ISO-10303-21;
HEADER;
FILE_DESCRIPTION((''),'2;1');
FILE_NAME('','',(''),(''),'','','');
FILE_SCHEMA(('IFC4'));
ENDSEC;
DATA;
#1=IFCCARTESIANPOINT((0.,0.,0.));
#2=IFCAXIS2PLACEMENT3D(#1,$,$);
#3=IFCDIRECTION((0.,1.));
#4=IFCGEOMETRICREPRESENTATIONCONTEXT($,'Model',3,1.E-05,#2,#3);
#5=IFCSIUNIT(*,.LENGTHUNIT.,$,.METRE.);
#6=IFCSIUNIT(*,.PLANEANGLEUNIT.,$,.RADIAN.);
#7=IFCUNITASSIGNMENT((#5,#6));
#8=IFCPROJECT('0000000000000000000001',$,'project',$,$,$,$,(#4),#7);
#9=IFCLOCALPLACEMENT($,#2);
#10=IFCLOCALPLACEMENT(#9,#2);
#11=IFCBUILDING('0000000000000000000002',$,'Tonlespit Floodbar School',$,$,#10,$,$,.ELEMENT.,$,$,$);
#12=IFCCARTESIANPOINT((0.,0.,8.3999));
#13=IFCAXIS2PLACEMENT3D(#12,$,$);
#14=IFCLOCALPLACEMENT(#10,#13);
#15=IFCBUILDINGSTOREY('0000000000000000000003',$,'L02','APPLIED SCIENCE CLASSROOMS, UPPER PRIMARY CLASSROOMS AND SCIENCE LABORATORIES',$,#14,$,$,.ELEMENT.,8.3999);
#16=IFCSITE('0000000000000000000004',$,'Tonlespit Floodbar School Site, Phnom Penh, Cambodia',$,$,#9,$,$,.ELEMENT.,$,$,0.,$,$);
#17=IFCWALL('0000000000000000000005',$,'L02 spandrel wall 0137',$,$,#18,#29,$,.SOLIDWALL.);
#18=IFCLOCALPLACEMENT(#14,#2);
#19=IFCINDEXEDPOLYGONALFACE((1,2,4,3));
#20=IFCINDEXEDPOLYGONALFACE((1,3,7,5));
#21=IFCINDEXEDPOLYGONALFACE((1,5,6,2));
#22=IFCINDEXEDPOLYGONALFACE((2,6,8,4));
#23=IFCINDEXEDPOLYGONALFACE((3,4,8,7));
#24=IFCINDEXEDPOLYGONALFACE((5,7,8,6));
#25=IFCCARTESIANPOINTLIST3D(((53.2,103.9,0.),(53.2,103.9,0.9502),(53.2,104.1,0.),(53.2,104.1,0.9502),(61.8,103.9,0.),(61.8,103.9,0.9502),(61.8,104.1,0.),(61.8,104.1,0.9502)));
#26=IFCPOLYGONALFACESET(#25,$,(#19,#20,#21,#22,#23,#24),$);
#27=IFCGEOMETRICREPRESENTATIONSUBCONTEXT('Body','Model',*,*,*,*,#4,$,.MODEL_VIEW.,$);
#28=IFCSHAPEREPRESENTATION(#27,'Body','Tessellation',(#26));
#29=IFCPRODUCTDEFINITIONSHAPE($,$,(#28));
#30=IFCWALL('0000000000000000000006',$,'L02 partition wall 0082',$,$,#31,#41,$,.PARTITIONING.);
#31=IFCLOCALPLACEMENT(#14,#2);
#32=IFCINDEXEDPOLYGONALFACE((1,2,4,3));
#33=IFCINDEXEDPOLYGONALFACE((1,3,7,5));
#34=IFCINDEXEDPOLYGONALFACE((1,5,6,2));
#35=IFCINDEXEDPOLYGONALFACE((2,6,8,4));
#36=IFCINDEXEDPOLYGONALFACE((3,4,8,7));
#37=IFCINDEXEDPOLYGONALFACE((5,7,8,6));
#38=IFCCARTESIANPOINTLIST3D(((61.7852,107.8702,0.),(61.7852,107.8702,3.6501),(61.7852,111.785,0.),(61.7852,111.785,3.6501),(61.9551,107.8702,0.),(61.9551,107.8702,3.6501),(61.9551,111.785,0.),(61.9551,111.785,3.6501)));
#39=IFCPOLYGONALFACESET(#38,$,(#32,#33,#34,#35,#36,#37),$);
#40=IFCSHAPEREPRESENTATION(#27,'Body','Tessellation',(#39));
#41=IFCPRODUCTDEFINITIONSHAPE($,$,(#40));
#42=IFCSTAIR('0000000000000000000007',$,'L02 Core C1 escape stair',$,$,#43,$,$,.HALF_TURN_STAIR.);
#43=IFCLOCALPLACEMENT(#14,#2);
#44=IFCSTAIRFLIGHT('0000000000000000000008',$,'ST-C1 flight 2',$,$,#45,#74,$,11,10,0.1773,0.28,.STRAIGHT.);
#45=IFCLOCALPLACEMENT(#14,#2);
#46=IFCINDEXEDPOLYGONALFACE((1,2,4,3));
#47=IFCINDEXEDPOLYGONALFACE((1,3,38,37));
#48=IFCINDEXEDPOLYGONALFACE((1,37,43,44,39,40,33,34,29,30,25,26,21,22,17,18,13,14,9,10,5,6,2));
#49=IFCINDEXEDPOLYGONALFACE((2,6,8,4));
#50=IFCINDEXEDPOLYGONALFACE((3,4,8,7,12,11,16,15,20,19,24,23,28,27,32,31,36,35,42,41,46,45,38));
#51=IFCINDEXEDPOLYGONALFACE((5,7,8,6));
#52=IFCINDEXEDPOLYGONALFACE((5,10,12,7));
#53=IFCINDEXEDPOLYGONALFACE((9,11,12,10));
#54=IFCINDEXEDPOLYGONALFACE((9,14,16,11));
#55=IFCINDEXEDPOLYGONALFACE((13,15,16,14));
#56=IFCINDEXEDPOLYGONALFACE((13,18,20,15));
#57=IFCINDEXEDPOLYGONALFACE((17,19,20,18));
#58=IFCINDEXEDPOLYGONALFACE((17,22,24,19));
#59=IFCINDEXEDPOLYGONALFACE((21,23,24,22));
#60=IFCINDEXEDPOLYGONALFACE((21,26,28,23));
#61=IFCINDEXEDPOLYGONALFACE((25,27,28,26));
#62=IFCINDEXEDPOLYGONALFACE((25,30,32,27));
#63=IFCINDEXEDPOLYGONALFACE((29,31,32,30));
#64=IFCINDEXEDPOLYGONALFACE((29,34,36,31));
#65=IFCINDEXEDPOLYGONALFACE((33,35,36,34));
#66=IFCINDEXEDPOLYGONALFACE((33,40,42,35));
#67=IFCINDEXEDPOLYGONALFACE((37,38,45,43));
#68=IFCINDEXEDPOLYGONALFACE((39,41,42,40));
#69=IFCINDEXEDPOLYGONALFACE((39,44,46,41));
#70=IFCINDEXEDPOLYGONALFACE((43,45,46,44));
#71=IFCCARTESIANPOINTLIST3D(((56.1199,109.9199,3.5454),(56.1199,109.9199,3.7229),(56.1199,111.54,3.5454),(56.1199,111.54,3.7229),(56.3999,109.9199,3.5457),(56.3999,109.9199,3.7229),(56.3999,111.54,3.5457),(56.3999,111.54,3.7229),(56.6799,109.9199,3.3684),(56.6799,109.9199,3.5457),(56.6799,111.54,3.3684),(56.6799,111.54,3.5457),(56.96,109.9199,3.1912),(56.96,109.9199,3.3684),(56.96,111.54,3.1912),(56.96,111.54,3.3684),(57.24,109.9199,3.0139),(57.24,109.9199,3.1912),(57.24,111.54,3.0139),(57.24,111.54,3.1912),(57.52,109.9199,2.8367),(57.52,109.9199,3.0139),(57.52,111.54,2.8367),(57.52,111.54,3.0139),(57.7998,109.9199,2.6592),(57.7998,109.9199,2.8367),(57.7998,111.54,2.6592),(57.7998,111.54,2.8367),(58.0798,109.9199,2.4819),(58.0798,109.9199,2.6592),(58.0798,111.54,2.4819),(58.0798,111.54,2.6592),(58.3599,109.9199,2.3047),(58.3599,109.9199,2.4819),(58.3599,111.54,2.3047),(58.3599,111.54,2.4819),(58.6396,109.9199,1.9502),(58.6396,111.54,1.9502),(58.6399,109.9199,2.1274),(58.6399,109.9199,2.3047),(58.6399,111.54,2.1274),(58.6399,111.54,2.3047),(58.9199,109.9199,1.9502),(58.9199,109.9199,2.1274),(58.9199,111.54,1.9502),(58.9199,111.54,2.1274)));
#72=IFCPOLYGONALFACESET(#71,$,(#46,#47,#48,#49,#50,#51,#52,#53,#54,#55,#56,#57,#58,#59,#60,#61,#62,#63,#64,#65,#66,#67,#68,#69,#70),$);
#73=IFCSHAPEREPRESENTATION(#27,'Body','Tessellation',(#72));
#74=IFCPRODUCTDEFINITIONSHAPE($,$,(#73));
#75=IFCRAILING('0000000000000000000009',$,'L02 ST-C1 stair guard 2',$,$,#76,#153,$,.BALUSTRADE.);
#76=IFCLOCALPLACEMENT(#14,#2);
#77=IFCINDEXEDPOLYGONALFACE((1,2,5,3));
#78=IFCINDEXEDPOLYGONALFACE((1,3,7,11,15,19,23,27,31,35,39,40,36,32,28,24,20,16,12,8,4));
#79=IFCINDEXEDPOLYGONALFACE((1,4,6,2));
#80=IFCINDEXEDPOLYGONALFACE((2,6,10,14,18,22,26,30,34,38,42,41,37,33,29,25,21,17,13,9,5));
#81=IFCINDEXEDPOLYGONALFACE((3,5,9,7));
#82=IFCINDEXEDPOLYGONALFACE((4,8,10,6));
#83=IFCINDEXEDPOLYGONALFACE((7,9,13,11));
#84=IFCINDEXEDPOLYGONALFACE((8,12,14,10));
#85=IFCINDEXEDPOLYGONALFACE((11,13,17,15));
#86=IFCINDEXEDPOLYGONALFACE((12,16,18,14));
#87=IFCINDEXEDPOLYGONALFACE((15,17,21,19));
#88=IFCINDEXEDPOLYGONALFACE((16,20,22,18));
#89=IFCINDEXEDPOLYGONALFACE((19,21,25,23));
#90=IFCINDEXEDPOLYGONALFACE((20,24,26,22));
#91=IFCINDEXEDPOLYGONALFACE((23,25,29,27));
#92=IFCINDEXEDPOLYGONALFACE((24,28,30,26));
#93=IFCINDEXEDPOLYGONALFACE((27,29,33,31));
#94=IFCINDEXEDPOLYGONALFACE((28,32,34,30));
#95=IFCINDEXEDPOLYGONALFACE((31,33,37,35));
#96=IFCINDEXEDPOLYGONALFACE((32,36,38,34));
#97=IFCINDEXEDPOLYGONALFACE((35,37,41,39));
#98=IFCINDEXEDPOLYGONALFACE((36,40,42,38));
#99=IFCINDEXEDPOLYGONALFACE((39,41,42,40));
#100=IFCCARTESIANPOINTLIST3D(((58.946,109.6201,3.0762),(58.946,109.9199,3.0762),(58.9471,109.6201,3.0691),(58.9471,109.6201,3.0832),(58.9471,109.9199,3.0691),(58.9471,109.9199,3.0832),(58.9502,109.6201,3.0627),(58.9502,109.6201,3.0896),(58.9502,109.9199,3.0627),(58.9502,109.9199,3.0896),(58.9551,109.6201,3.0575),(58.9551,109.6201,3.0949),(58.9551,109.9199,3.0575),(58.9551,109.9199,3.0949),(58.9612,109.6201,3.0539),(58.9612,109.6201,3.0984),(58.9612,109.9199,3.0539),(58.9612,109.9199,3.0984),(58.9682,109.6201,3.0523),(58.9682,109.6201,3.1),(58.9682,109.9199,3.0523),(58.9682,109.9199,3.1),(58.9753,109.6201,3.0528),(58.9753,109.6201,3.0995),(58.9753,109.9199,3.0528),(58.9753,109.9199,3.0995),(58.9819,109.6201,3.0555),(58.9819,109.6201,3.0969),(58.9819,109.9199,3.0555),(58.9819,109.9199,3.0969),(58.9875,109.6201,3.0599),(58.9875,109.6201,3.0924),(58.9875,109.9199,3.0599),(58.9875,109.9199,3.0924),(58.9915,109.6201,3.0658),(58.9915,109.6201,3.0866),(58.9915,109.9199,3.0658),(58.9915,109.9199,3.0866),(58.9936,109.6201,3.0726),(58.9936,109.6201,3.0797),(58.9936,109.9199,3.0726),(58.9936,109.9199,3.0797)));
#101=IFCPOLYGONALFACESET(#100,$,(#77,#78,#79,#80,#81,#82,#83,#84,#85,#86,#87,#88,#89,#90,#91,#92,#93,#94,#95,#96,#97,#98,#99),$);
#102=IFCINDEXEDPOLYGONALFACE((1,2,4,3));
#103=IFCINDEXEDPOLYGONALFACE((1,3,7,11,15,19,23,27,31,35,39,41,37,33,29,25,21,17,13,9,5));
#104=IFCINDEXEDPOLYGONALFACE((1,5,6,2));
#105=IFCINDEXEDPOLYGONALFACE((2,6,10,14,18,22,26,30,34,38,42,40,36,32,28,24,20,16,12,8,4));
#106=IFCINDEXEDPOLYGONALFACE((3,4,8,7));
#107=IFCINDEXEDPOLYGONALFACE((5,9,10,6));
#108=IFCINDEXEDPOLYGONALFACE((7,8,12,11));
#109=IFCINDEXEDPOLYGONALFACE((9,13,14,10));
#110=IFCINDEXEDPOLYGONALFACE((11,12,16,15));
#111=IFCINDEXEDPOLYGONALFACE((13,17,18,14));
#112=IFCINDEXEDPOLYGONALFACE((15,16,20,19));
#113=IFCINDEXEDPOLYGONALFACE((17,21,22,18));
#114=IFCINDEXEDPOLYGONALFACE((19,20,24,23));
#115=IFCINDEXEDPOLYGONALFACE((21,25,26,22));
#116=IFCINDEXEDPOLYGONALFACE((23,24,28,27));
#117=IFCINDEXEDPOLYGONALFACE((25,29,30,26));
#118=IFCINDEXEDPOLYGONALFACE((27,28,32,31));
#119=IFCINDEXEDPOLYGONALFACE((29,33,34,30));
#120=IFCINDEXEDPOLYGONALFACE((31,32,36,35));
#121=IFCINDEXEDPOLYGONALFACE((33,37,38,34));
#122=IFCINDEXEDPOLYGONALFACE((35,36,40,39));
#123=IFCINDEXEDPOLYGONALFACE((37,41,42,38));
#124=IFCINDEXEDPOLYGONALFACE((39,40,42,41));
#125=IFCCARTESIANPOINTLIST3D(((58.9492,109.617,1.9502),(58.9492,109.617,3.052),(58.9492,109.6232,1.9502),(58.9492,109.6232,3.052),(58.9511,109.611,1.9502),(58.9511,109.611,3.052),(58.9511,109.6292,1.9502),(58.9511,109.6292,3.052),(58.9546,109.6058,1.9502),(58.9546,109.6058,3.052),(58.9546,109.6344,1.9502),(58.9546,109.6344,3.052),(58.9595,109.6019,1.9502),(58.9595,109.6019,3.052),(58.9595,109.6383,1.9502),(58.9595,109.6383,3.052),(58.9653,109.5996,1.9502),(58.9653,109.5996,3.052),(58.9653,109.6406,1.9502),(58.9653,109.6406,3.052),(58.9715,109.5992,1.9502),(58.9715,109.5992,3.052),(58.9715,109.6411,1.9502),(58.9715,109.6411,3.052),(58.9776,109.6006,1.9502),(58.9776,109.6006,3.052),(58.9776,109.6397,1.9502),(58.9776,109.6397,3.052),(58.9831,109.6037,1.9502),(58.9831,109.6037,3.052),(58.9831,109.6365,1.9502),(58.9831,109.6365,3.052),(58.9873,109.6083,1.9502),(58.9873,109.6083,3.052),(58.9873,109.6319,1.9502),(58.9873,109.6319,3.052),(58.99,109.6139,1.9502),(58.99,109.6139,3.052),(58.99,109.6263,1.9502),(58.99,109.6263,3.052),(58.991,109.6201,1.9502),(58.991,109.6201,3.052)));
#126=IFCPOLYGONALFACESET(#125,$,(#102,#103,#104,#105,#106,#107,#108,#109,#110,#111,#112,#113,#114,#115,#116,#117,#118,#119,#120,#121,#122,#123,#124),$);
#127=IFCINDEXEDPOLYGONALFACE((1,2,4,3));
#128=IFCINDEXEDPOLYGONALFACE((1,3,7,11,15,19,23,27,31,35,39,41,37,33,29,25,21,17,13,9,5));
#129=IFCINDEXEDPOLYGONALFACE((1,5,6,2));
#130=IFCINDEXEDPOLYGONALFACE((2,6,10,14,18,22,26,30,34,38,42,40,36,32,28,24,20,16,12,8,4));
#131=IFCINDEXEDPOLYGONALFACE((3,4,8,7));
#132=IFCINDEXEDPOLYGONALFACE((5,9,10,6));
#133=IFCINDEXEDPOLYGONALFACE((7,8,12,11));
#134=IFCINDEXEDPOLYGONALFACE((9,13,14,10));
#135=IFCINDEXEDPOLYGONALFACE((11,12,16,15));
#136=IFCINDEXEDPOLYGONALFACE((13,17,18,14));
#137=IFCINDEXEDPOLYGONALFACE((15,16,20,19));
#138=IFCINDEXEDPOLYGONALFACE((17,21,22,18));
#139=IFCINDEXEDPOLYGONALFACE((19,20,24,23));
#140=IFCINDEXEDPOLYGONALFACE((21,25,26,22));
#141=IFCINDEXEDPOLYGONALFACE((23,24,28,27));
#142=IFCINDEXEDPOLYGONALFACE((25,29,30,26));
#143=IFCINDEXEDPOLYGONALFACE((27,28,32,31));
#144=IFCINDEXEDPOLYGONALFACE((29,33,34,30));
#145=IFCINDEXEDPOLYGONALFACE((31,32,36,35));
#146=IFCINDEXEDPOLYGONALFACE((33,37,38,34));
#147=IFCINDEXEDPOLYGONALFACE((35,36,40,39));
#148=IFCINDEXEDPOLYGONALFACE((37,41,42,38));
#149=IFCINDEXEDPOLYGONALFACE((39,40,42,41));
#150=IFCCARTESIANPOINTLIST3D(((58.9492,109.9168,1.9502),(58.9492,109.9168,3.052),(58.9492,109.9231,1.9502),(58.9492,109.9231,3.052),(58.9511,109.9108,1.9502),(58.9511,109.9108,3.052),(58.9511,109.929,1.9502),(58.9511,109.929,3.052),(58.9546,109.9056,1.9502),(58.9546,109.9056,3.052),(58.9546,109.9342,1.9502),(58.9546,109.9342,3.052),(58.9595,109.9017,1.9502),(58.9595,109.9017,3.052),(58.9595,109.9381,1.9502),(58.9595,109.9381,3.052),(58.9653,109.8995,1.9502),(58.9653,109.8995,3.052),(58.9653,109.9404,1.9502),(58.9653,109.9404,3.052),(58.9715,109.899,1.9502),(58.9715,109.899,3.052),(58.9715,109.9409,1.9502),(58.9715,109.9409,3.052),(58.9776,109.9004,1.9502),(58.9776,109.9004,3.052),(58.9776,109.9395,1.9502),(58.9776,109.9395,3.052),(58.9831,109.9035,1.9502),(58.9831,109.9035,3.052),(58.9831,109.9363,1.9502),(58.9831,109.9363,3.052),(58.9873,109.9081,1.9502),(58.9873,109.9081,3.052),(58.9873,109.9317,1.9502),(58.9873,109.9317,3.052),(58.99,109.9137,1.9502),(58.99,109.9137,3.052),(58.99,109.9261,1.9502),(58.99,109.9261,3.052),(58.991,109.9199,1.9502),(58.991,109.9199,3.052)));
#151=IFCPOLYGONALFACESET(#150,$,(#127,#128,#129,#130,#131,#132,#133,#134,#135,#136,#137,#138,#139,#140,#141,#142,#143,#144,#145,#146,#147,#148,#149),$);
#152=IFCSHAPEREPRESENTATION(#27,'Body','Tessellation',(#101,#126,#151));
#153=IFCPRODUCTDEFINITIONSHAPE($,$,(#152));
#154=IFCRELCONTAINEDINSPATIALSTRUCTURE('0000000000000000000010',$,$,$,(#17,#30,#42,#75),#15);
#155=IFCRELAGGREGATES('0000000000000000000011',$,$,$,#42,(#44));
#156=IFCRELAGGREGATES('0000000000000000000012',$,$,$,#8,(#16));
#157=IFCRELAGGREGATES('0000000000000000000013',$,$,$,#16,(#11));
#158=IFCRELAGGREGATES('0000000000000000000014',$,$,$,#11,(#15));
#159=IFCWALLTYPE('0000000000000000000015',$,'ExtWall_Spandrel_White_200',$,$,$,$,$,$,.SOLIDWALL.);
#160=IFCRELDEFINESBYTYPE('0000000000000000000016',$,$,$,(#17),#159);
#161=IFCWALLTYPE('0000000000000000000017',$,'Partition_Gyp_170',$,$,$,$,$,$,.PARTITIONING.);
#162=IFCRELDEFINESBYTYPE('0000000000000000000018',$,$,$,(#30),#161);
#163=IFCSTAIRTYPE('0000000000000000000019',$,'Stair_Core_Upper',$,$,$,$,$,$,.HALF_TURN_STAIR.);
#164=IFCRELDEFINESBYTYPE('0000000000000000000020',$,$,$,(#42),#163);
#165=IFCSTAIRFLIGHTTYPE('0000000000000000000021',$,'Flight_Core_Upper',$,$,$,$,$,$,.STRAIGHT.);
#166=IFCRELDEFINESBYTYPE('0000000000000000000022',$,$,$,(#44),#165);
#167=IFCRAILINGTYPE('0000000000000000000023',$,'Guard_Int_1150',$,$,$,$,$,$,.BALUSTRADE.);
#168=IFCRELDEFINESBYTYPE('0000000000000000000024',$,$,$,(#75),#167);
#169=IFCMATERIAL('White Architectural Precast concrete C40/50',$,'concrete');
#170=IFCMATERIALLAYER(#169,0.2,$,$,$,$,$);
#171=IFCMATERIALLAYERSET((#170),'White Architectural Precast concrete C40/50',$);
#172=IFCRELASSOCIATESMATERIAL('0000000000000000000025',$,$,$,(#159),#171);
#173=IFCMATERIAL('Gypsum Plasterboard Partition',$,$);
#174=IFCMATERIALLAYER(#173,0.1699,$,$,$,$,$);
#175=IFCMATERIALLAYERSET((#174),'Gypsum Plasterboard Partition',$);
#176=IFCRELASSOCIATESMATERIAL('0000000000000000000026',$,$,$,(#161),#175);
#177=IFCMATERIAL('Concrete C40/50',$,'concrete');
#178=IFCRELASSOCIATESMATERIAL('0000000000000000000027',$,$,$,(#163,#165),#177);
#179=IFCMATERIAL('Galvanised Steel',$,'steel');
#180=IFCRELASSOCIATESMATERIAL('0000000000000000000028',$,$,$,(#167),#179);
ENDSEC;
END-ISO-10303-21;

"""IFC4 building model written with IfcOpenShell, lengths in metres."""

from ifc_helpers import new_model, si_unit, direction, frame, frame_2d, origin, origin_2d, place, context, subcontext, project, spatial, polyline, rectangle, circle, outline, extrude, material, layer, layer_set, type_object, element, aggregate, save


model = new_model("IFC4")

# Units and contexts
model_context = context("Model", 3, precision=1e-05, world=origin(), true_north=direction((0.0, 1.0)))
body_context = subcontext(model_context, "Body", "Model", "MODEL_VIEW")
ifc_project = project(units=[si_unit("LENGTHUNIT", "METRE"), si_unit("PLANEANGLEUNIT", "RADIAN")], contexts=[model_context])

# Site, building, storey
site_placement = place(None, origin())
site = spatial("IfcSite", under=ifc_project, at=site_placement, Name="Tonlespit Floodbar School Site, Phnom Penh, Cambodia", CompositionType="ELEMENT", RefElevation=0.0)
building_placement = place(site_placement, origin())
building = spatial("IfcBuilding", under=site, at=building_placement, Name="Tonlespit Floodbar School", CompositionType="ELEMENT")
storey_placement = place(building_placement, frame((0.0, 0.0, 8.3999)))
storey = spatial("IfcBuildingStorey", under=building, at=storey_placement, Name="L02", Description="APPLIED SCIENCE CLASSROOMS, UPPER PRIMARY CLASSROOMS AND SCIENCE LABORATORIES", CompositionType="ELEMENT", Elevation=8.3999)

# Wall
ifc_material_1 = material(Name="White Architectural Precast concrete C40/50", Category="concrete")
ifc_layer_1 = layer(ifc_material_1, 0.2)
ifc_layer_set_1 = layer_set([ifc_layer_1], Name="White Architectural Precast concrete C40/50")
wall_type_1 = type_object("IfcWallType", Name="ExtWall_Spandrel_White_200", PredefinedType="SOLIDWALL", material=ifc_layer_set_1)
wall_1_placement = place(storey_placement, frame((61.8, 104.0, 0.0), z_axis=(0.0, 0.0, 1.0), x_axis=(-1.0, 0.0, 0.0)))
element("IfcWall", 1, at=wall_1_placement, inside=storey, type_object=wall_type_1, Name="L02 spandrel wall 0137", PredefinedType="SOLIDWALL", context=body_context, shape_type="SweptSolid", body=[
    extrude(rectangle(XDim=8.6001, YDim=0.2, at=frame_2d((4.3, 0.0))), origin(), (0.0, 0.0, 1.0), 0.9502),
])

# Shared definitions
ifc_material_2 = material(Name="Gypsum Plasterboard Partition")
ifc_layer_2 = layer(ifc_material_2, 0.1699)
ifc_layer_set_2 = layer_set([ifc_layer_2], Name="Gypsum Plasterboard Partition")
wall_type_2 = type_object("IfcWallType", Name="Partition_Gyp_170", PredefinedType="PARTITIONING", material=ifc_layer_set_2)

# Wall
wall_2_placement = place(storey_placement, frame((61.8701, 107.8701, 0.0), z_axis=(0.0, 0.0, 1.0), x_axis=(0.0, 1.0, 0.0)))
element("IfcWall", 2, at=wall_2_placement, inside=storey, type_object=wall_type_2, Name="L02 partition wall 0082", PredefinedType="PARTITIONING", context=body_context, shape_type="SweptSolid", body=[
    extrude(rectangle(XDim=3.9148, YDim=0.1699, at=frame_2d((1.9575, 0.0))), origin(), (0.0, 0.0, 1.0), 3.6501),
])

# Stair, stair flight
ifc_material_3 = material(Name="Concrete C40/50", Category="concrete")
stair_type = type_object("IfcStairType", Name="Stair_Core_Upper", PredefinedType="HALF_TURN_STAIR", material=ifc_material_3)
stair_placement = place(storey_placement, origin())
stair = element("IfcStair", 3, at=stair_placement, inside=storey, type_object=stair_type, Name="L02 Core C1 escape stair", PredefinedType="HALF_TURN_STAIR")
stair_flight_type = type_object("IfcStairFlightType", Name="Flight_Core_Upper", PredefinedType="STRAIGHT", material=ifc_material_3)
stair_flight_placement = place(storey_placement, frame((58.9199, 110.73, 1.9502), z_axis=(0.0, 0.0, 1.0), x_axis=(-1.0, 0.0, 0.0)))
stair_flight = element("IfcStairFlight", 4, at=stair_flight_placement, type_object=stair_flight_type, Name="ST-C1 flight 2", NumberOfRisers=11, NumberOfTreads=10, PredefinedType="STRAIGHT", RiserHeight=0.1773, TreadLength=0.28, context=body_context, shape_type="SweptSolid", body=[
    extrude(outline(polyline([(0.0, 0.0), (0.0, 0.1772), (0.28, 0.1772), (0.28, 0.3545), (0.5601, 0.3545), (0.5601, 0.5317), (0.8401, 0.5317), (0.8401, 0.709), (1.1201, 0.709), (1.1201, 0.8865), (1.3999, 0.8865), (1.3999, 1.0637), (1.6799, 1.0637), (1.6799, 1.241), (1.96, 1.241), (1.96, 1.4182), (2.24, 1.4182), (2.24, 1.5955), (2.52, 1.5955), (2.52, 1.7727), (2.8, 1.7727), (2.8, 1.95), (2.8, 1.5952), (0.2803, 0.0), (0.0, 0.0)])), frame((0.0, 0.8101, 0.0), z_axis=(0.0, -1.0, 0.0), x_axis=(1.0, 0.0, 0.0)), (0.0, 0.0, 1.0), 1.6201),
])
aggregate(stair, [stair_flight])

# Railing
ifc_material_4 = material(Name="Galvanised Steel", Category="steel")
railing_type = type_object("IfcRailingType", Name="Guard_Int_1150", PredefinedType="BALUSTRADE", material=ifc_material_4)
railing_1_placement = place(storey_placement, frame((58.97, 109.6201, 1.9502)))
element("IfcRailing", 5, at=railing_1_placement, inside=storey, type_object=railing_type, Name="L02 ST-C1 stair guard 2", PredefinedType="BALUSTRADE", context=body_context, shape_type="SweptSolid", body=[
    extrude(circle(Radius=0.0239, at=origin_2d()), frame((0.0, 0.0, 1.126), z_axis=(0.0, 1.0, 0.0), x_axis=(-1.0, 0.0, 0.0)), (0.0, 0.0, 1.0), 0.2998),
    extrude(circle(Radius=0.021, at=origin_2d()), origin(), (0.0, 0.0, 1.0), 1.1018),
    extrude(circle(Radius=0.021, at=origin_2d()), frame((0.0, 0.2998, 0.0)), (0.0, 0.0, 1.0), 1.1018),
])

save(model, "model.ifc")
